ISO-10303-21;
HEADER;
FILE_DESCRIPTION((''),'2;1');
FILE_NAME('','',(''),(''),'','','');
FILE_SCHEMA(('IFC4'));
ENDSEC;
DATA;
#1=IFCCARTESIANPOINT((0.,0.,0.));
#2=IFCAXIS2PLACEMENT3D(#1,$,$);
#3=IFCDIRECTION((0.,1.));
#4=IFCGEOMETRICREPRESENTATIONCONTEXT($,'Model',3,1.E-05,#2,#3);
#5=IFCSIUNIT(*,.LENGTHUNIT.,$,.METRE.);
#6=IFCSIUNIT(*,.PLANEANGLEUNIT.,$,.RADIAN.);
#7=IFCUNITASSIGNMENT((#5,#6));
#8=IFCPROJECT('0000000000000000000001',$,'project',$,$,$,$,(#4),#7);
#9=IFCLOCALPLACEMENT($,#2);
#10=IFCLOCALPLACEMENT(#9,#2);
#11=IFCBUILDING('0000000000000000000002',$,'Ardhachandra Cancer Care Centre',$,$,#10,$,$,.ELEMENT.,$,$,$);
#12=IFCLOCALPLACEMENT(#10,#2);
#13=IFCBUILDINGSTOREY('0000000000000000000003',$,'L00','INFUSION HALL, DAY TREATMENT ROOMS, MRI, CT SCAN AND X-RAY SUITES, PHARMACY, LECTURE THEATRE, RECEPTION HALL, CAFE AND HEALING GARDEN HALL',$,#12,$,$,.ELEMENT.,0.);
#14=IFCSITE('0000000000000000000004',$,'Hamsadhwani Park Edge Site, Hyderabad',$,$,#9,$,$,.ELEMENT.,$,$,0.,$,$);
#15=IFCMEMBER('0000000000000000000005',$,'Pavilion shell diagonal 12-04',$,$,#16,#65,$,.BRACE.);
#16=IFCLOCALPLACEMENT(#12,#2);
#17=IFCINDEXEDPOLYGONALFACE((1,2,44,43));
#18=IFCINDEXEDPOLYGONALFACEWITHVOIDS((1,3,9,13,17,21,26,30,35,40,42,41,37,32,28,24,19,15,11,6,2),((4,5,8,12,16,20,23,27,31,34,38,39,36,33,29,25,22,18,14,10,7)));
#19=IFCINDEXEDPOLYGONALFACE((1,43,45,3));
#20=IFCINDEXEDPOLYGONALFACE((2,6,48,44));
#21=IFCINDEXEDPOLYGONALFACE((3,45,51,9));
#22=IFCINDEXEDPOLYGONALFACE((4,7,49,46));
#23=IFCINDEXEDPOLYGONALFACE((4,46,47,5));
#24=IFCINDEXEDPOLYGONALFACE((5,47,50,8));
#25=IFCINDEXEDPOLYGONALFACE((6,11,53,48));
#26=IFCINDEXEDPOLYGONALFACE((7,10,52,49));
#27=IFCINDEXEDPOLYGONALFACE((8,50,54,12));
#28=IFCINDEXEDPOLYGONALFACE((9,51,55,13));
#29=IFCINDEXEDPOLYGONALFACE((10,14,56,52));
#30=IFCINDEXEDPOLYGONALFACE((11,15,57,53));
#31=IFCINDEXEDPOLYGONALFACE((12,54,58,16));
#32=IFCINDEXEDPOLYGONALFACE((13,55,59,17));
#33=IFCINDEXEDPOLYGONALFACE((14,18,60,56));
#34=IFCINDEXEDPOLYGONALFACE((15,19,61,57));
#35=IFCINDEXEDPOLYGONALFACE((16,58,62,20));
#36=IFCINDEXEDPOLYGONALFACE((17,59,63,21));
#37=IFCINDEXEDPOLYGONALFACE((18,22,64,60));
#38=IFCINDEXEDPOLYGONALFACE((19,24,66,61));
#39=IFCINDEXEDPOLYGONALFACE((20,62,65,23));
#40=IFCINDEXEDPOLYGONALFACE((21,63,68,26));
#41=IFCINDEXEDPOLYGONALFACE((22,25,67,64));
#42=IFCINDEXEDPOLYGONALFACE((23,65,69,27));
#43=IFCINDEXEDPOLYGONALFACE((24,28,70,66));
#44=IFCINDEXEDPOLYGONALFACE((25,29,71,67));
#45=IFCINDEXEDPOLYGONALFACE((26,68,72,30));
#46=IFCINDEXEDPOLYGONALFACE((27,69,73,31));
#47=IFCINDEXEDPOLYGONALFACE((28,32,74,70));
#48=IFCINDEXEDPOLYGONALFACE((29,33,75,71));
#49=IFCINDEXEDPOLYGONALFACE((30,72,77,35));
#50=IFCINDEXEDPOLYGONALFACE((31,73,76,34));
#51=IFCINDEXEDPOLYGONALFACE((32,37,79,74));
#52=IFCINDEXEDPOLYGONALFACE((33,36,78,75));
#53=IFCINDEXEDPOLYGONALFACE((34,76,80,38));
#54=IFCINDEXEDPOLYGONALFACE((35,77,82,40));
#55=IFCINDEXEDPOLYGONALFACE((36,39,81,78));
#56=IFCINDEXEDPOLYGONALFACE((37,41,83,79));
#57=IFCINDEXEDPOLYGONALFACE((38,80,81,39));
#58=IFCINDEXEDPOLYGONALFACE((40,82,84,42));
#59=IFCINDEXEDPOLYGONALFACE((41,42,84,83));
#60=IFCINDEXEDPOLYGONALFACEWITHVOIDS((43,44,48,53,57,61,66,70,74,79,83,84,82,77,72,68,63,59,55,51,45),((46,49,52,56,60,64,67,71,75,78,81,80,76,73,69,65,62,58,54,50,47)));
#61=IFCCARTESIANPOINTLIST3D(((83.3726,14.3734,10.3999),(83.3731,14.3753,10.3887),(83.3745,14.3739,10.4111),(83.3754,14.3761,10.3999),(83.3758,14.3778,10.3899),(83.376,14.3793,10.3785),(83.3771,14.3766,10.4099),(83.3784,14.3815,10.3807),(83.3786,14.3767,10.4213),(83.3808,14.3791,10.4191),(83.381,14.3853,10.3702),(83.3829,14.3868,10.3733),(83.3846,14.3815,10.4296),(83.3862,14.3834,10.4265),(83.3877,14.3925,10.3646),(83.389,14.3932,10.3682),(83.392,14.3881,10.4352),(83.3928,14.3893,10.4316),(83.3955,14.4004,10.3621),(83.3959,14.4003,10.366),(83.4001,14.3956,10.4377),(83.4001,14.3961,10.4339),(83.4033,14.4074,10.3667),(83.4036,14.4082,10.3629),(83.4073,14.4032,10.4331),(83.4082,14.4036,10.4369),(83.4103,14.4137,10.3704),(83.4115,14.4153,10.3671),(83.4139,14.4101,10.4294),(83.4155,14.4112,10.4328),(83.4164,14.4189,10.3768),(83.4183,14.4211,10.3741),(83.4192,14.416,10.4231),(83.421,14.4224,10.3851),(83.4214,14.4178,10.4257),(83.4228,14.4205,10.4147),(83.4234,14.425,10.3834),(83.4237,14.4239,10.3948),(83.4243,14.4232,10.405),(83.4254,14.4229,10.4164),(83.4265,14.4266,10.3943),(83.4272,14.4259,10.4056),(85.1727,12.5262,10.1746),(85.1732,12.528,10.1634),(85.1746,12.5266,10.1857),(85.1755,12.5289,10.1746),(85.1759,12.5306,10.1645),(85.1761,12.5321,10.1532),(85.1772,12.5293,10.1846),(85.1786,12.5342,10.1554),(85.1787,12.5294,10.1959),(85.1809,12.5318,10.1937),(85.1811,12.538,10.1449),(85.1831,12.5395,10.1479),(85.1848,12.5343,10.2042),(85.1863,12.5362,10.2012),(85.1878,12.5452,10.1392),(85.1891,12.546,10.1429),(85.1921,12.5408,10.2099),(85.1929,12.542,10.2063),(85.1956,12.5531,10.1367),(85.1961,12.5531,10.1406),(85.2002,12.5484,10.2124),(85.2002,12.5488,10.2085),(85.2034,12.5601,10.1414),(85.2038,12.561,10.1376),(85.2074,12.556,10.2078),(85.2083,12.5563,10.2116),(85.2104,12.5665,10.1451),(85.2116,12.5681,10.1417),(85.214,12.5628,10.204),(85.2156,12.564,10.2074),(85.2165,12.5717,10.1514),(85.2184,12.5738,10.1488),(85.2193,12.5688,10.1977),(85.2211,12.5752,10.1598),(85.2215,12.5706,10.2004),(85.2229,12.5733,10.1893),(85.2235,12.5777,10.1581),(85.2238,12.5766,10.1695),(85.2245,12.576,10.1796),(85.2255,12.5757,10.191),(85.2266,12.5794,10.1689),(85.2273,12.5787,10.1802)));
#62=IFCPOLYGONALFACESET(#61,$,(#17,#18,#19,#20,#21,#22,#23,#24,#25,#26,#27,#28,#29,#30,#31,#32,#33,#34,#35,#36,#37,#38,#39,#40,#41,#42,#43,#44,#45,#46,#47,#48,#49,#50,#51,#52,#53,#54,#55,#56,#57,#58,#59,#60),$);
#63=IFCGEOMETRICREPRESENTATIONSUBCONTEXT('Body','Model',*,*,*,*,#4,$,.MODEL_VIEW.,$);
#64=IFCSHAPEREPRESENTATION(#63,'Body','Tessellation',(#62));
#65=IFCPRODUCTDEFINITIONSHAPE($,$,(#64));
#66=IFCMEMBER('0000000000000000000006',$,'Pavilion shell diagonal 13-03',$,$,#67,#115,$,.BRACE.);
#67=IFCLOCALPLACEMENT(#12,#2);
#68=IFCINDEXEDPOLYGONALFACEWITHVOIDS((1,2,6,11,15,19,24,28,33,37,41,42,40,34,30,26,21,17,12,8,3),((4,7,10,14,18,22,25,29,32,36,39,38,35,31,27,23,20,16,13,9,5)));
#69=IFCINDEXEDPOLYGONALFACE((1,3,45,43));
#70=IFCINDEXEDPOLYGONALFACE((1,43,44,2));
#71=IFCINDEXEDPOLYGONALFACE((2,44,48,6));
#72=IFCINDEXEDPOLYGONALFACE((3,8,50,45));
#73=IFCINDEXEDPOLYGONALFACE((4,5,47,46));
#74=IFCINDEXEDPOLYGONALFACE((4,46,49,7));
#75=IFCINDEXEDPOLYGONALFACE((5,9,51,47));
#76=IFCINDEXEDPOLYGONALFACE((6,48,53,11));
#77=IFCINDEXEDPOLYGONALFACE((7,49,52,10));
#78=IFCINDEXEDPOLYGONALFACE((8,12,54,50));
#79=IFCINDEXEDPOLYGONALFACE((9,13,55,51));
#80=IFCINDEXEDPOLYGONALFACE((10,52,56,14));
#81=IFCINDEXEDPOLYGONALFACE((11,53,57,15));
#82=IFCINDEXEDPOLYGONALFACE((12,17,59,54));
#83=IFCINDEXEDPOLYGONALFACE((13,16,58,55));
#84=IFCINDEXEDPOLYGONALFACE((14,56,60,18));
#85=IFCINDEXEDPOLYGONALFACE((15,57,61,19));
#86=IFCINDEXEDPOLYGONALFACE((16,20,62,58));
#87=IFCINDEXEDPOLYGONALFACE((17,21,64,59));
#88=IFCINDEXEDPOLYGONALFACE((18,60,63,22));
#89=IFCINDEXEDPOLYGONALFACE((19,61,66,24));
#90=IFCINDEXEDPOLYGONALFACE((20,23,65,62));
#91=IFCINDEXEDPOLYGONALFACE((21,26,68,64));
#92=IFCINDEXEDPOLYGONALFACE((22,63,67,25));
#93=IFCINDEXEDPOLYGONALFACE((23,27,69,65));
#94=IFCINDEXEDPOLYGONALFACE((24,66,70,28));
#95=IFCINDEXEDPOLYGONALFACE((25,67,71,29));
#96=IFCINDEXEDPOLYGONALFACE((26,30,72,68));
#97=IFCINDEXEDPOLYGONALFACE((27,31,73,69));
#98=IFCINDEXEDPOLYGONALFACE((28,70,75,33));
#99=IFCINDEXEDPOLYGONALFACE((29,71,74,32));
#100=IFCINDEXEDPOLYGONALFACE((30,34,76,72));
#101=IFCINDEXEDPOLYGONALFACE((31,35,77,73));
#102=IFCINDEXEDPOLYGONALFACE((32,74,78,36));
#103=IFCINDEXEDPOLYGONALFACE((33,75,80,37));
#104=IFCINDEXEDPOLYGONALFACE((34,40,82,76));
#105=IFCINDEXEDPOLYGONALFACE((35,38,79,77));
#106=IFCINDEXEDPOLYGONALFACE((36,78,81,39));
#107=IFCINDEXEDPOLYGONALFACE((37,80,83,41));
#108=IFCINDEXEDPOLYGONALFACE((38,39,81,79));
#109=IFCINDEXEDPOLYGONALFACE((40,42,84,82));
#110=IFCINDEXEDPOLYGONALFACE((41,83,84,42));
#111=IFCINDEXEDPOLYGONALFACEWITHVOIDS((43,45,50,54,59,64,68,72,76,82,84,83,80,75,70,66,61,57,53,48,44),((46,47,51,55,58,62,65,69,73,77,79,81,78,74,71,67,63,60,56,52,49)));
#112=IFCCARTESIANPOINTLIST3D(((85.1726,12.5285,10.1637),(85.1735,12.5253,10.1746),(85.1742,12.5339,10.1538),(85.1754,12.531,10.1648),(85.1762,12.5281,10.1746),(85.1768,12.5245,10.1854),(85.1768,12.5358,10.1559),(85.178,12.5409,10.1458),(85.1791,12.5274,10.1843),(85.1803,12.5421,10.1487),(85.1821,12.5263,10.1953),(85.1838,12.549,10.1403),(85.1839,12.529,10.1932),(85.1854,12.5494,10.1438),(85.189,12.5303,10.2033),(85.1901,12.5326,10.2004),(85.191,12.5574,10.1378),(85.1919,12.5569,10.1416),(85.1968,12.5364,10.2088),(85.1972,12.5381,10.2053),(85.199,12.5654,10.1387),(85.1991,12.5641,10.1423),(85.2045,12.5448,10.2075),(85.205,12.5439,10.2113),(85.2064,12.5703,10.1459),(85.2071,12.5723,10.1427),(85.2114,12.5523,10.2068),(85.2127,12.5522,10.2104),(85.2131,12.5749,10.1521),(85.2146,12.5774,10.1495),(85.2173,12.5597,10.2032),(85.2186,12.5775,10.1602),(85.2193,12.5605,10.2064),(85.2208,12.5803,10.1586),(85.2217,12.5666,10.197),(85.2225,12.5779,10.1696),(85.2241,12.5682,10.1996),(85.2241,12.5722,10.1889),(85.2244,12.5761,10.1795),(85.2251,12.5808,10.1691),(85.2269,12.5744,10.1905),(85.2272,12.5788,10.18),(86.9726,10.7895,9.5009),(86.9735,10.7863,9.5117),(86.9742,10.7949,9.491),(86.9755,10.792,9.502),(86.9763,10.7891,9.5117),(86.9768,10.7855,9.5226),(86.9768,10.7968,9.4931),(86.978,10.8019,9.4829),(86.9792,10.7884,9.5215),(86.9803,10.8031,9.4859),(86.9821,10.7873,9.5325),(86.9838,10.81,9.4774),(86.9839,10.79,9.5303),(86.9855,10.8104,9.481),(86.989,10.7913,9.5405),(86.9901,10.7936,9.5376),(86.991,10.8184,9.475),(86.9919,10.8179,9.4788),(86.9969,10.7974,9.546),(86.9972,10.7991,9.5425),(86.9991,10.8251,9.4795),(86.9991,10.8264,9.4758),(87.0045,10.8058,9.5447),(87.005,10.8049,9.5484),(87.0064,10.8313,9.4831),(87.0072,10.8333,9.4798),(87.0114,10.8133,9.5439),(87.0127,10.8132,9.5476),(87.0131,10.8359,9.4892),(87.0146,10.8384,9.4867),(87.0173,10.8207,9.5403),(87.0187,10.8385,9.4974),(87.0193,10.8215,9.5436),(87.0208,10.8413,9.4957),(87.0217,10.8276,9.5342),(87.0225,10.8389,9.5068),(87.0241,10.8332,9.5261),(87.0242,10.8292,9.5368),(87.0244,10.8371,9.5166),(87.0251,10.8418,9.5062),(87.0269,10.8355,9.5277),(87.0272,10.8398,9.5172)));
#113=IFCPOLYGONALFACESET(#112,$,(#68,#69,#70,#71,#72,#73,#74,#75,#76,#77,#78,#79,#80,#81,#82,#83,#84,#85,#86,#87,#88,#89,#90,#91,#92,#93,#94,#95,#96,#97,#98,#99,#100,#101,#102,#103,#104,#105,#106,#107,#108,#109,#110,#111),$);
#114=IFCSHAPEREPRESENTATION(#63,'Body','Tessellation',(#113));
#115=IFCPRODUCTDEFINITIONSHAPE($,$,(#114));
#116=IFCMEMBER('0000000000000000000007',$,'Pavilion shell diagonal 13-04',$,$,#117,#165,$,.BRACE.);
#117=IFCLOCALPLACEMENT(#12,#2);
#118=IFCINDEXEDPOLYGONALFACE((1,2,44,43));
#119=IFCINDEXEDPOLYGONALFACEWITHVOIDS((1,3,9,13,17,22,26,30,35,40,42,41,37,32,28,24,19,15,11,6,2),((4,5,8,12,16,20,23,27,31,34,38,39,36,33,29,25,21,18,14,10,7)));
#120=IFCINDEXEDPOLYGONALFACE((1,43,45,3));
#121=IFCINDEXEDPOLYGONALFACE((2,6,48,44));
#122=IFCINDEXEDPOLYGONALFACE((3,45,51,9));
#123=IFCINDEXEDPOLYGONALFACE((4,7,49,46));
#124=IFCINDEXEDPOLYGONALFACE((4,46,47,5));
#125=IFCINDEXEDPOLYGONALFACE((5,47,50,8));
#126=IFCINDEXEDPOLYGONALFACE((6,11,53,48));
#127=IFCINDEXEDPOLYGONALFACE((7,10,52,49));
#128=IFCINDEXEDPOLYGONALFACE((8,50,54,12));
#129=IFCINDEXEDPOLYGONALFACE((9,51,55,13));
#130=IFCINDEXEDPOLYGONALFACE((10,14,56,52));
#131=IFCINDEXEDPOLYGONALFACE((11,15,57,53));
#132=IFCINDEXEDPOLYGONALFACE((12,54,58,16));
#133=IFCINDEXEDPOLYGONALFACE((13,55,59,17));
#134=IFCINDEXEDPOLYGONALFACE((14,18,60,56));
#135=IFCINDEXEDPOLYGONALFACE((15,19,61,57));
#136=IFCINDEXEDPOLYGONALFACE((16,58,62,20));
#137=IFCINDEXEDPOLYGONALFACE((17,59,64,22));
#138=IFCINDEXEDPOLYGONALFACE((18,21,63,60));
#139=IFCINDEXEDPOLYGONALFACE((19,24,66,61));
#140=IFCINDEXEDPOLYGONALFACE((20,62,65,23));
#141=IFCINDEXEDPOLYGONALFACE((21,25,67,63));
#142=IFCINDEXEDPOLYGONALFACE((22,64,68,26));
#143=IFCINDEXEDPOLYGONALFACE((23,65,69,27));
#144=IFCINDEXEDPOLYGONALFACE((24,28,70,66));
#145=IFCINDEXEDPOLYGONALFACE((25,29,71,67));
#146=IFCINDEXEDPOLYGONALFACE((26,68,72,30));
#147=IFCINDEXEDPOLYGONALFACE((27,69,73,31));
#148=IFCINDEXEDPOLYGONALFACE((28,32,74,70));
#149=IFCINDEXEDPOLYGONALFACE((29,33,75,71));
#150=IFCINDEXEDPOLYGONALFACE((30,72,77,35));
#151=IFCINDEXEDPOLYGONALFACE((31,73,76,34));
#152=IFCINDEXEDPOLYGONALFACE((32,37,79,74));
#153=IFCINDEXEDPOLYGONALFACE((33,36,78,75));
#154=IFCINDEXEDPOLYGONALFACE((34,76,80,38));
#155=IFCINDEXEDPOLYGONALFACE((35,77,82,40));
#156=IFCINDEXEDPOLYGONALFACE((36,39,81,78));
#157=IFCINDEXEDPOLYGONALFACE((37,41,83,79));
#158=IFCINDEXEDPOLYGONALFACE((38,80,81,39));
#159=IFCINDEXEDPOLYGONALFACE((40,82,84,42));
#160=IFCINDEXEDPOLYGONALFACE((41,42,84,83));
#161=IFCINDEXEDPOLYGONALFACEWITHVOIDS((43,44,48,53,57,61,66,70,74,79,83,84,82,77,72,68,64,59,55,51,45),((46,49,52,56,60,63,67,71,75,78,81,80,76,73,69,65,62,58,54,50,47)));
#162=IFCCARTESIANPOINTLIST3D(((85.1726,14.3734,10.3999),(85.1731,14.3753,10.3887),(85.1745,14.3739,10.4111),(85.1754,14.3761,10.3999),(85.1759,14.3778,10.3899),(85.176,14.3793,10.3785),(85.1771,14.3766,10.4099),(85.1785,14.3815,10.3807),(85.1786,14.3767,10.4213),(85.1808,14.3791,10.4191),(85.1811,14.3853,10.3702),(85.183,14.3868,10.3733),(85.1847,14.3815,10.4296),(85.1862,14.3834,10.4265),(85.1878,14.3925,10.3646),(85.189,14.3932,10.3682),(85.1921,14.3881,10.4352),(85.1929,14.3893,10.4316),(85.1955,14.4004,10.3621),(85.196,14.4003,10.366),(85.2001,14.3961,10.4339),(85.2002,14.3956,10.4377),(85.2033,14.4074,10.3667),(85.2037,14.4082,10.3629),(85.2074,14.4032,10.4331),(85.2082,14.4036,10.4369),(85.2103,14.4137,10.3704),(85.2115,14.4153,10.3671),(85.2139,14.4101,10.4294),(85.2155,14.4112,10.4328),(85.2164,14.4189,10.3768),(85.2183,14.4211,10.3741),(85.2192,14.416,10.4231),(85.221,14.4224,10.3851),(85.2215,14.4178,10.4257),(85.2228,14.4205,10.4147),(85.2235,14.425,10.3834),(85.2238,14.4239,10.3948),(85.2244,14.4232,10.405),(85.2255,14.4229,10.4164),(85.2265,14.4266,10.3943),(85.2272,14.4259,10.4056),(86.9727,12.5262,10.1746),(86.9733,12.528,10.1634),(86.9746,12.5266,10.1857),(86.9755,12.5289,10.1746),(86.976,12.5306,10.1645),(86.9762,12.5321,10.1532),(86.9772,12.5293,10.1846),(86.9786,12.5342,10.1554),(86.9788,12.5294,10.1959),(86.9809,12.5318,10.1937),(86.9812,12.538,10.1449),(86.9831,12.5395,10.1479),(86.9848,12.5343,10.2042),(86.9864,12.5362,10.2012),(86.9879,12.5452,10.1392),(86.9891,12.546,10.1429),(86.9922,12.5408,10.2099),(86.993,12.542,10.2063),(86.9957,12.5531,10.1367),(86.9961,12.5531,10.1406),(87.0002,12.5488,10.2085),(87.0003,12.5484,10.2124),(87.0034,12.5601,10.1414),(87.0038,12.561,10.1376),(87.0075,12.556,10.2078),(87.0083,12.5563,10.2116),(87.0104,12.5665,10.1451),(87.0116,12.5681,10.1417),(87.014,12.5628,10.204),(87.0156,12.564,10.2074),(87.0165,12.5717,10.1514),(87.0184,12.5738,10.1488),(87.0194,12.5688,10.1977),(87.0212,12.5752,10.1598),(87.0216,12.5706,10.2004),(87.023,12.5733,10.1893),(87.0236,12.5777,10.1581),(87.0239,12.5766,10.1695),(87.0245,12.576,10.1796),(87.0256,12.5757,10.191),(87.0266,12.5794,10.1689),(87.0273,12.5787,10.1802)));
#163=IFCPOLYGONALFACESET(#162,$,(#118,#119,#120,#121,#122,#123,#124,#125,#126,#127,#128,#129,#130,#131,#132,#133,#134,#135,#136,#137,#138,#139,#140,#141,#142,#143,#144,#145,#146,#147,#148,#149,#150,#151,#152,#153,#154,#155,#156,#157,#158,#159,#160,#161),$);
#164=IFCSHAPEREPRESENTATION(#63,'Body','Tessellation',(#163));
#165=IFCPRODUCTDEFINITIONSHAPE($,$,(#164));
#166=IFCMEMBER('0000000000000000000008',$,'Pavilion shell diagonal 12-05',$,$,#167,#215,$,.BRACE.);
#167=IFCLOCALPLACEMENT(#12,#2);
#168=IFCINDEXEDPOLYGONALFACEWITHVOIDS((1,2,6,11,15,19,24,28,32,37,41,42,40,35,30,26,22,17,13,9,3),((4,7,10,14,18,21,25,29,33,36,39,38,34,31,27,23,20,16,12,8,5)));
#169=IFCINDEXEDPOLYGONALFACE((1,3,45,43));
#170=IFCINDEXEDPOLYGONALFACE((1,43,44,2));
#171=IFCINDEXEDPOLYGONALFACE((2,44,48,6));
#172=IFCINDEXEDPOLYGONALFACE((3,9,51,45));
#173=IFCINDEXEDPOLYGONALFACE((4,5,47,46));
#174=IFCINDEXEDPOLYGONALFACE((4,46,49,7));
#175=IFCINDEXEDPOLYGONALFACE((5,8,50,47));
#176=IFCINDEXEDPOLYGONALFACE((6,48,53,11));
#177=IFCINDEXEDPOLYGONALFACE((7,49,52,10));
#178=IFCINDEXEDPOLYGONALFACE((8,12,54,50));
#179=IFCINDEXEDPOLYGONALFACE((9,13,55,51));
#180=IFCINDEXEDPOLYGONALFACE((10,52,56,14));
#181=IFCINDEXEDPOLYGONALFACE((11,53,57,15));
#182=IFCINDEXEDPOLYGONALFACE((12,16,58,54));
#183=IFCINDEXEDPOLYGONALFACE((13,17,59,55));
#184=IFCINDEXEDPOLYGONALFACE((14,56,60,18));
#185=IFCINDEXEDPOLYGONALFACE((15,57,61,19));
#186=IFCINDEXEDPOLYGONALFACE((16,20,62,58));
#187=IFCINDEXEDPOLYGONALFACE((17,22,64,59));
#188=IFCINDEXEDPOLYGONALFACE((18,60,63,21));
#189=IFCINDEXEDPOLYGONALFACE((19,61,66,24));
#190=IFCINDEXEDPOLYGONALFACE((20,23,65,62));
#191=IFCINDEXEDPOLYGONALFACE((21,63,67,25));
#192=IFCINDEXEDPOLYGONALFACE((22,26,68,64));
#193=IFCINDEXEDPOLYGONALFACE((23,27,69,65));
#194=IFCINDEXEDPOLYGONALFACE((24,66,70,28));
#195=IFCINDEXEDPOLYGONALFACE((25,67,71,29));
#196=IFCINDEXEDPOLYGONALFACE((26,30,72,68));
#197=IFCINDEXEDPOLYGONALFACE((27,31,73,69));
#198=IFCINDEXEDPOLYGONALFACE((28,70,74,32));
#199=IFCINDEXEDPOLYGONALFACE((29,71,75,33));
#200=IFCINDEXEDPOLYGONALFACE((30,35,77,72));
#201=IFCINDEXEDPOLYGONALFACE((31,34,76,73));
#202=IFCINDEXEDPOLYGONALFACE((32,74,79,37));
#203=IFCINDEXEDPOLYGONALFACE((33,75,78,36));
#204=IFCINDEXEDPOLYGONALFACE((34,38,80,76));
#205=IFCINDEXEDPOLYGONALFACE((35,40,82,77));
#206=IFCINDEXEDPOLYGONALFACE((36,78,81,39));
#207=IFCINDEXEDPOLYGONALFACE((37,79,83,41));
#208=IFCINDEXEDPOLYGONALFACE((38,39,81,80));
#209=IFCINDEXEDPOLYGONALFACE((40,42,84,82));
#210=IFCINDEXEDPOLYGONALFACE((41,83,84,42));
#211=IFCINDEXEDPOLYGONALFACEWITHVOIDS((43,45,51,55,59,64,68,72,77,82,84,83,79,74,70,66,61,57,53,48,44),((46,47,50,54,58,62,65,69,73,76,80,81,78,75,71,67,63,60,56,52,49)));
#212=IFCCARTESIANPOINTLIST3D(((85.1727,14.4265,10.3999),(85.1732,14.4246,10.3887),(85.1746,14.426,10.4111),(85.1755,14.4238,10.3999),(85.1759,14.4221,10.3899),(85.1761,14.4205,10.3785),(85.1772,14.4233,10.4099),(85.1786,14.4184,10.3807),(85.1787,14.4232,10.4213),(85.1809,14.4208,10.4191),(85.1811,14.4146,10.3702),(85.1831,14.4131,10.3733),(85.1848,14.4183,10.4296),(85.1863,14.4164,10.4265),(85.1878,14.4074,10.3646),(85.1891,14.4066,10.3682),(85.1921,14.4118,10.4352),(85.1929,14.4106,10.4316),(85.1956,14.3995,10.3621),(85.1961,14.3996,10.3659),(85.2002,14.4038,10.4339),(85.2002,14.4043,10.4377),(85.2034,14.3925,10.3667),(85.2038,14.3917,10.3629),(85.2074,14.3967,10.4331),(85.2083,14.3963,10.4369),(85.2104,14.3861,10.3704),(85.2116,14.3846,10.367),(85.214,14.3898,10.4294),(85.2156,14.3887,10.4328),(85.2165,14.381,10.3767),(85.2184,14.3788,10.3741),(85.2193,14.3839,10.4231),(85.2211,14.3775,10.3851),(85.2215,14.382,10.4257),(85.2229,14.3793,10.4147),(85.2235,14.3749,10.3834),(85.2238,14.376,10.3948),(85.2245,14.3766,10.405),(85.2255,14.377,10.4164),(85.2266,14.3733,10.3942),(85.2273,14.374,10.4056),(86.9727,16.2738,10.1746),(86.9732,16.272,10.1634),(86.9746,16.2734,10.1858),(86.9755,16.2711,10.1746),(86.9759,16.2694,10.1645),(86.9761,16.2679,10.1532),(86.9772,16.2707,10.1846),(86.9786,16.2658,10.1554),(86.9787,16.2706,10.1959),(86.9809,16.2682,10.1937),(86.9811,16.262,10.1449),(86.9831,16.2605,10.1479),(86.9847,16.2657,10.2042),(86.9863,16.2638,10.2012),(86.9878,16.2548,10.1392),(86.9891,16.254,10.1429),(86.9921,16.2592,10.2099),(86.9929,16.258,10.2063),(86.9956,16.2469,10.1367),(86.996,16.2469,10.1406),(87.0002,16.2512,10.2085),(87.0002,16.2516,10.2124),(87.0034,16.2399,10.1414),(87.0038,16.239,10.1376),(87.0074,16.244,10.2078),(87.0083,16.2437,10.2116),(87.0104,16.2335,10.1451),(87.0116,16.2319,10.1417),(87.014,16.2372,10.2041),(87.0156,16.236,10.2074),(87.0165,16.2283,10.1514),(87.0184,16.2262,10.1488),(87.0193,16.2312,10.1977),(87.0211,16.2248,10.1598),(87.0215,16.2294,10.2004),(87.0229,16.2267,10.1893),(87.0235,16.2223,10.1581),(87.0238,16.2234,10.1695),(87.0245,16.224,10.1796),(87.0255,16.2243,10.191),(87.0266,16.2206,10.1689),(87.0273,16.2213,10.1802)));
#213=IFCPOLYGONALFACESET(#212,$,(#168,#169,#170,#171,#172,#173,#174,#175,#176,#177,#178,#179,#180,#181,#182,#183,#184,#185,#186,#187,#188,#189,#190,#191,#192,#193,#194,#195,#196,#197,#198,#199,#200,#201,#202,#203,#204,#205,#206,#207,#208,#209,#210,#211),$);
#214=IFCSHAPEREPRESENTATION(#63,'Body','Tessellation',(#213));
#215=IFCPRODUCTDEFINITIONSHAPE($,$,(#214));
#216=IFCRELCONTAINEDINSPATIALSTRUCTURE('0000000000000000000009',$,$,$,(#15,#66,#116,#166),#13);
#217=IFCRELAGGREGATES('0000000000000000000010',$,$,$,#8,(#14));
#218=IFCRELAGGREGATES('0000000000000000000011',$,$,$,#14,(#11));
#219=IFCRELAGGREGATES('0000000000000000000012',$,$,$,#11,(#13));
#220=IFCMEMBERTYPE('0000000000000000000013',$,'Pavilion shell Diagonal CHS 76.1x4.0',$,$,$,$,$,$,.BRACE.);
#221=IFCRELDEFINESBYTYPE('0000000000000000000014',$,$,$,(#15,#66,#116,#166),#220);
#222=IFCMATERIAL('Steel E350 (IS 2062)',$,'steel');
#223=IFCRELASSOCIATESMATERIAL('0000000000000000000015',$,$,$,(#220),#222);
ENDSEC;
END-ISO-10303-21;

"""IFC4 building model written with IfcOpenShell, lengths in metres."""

from ifc_helpers import new_model, si_unit, direction, frame, origin, origin_2d, place, context, subcontext, project, spatial, hollow_circle, extrude, material, material_profile, profile_set, type_object, element, save


model = new_model("IFC4")

# Units and contexts
model_context = context("Model", 3, precision=1e-05, world=origin(), true_north=direction((0.0, 1.0)))
body_context = subcontext(model_context, "Body", "Model", "MODEL_VIEW")
ifc_project = project(units=[si_unit("LENGTHUNIT", "METRE"), si_unit("PLANEANGLEUNIT", "RADIAN")], contexts=[model_context])

# Site, building, storey
site_placement = place(None, origin())
site = spatial("IfcSite", under=ifc_project, at=site_placement, Name="Hamsadhwani Park Edge Site, Hyderabad", CompositionType="ELEMENT", RefElevation=0.0)
building_placement = place(site_placement, origin())
building = spatial("IfcBuilding", under=site, at=building_placement, Name="Ardhachandra Cancer Care Centre", CompositionType="ELEMENT")
storey_placement = place(building_placement, origin())
storey = spatial("IfcBuildingStorey", under=building, at=storey_placement, Name="L00", Description="INFUSION HALL, DAY TREATMENT ROOMS, MRI, CT SCAN AND X-RAY SUITES, PHARMACY, LECTURE THEATRE, RECEPTION HALL, CAFE AND HEALING GARDEN HALL", CompositionType="ELEMENT", Elevation=0.0)

# Members
ifc_material_1 = material(Name="Steel E350 (IS 2062)", Category="steel")
ifc_material_profile_1 = material_profile(ifc_material_1, hollow_circle(Radius=0.0381, WallThickness=0.0039, at=origin_2d()), Name="CHS 76.1x4.0")
ifc_profile_set_1 = profile_set([ifc_material_profile_1], Name="Steel E350 (IS 2062)")
member_type_1 = type_object("IfcMemberType", Name="Pavilion shell Diagonal CHS 76.1x4.0", PredefinedType="BRACE", material=ifc_profile_set_1)
for number, where, z_axis, x_axis, name in (
    (1, (85.2, 12.5527, 10.1746), (-0.695265, 0.713464, 0.087038), (-0.716182, -0.697913, 0.0), "Pavilion shell diagonal 12-04"),
    (2, (87.0, 10.8137, 9.5117), (-0.695227, 0.671654, 0.256007), (-0.694809, -0.719195, 0.0), "Pavilion shell diagonal 13-03"),
    (3, (87.0, 12.5527, 10.1746), (-0.695265, 0.713464, 0.087038), (-0.716182, -0.697913, 0.0), "Pavilion shell diagonal 13-04"),
    (4, (85.2, 14.3999, 10.3999), (0.695218, 0.713511, -0.087032), (-0.716228, 0.697866, 0.0), "Pavilion shell diagonal 12-05"),
):
    element("IfcMember", number, at=place(storey_placement, frame(where, z_axis=z_axis, x_axis=x_axis)), inside=storey, type_object=member_type_1, Name=name, PredefinedType="BRACE", context=body_context, shape_type="SweptSolid", body=[
        extrude(hollow_circle(Radius=0.0381, WallThickness=0.0039, at=origin_2d()), origin(), (0.0, 0.0, 1.0), 2.5891),
    ])

save(model, "model.ifc")
